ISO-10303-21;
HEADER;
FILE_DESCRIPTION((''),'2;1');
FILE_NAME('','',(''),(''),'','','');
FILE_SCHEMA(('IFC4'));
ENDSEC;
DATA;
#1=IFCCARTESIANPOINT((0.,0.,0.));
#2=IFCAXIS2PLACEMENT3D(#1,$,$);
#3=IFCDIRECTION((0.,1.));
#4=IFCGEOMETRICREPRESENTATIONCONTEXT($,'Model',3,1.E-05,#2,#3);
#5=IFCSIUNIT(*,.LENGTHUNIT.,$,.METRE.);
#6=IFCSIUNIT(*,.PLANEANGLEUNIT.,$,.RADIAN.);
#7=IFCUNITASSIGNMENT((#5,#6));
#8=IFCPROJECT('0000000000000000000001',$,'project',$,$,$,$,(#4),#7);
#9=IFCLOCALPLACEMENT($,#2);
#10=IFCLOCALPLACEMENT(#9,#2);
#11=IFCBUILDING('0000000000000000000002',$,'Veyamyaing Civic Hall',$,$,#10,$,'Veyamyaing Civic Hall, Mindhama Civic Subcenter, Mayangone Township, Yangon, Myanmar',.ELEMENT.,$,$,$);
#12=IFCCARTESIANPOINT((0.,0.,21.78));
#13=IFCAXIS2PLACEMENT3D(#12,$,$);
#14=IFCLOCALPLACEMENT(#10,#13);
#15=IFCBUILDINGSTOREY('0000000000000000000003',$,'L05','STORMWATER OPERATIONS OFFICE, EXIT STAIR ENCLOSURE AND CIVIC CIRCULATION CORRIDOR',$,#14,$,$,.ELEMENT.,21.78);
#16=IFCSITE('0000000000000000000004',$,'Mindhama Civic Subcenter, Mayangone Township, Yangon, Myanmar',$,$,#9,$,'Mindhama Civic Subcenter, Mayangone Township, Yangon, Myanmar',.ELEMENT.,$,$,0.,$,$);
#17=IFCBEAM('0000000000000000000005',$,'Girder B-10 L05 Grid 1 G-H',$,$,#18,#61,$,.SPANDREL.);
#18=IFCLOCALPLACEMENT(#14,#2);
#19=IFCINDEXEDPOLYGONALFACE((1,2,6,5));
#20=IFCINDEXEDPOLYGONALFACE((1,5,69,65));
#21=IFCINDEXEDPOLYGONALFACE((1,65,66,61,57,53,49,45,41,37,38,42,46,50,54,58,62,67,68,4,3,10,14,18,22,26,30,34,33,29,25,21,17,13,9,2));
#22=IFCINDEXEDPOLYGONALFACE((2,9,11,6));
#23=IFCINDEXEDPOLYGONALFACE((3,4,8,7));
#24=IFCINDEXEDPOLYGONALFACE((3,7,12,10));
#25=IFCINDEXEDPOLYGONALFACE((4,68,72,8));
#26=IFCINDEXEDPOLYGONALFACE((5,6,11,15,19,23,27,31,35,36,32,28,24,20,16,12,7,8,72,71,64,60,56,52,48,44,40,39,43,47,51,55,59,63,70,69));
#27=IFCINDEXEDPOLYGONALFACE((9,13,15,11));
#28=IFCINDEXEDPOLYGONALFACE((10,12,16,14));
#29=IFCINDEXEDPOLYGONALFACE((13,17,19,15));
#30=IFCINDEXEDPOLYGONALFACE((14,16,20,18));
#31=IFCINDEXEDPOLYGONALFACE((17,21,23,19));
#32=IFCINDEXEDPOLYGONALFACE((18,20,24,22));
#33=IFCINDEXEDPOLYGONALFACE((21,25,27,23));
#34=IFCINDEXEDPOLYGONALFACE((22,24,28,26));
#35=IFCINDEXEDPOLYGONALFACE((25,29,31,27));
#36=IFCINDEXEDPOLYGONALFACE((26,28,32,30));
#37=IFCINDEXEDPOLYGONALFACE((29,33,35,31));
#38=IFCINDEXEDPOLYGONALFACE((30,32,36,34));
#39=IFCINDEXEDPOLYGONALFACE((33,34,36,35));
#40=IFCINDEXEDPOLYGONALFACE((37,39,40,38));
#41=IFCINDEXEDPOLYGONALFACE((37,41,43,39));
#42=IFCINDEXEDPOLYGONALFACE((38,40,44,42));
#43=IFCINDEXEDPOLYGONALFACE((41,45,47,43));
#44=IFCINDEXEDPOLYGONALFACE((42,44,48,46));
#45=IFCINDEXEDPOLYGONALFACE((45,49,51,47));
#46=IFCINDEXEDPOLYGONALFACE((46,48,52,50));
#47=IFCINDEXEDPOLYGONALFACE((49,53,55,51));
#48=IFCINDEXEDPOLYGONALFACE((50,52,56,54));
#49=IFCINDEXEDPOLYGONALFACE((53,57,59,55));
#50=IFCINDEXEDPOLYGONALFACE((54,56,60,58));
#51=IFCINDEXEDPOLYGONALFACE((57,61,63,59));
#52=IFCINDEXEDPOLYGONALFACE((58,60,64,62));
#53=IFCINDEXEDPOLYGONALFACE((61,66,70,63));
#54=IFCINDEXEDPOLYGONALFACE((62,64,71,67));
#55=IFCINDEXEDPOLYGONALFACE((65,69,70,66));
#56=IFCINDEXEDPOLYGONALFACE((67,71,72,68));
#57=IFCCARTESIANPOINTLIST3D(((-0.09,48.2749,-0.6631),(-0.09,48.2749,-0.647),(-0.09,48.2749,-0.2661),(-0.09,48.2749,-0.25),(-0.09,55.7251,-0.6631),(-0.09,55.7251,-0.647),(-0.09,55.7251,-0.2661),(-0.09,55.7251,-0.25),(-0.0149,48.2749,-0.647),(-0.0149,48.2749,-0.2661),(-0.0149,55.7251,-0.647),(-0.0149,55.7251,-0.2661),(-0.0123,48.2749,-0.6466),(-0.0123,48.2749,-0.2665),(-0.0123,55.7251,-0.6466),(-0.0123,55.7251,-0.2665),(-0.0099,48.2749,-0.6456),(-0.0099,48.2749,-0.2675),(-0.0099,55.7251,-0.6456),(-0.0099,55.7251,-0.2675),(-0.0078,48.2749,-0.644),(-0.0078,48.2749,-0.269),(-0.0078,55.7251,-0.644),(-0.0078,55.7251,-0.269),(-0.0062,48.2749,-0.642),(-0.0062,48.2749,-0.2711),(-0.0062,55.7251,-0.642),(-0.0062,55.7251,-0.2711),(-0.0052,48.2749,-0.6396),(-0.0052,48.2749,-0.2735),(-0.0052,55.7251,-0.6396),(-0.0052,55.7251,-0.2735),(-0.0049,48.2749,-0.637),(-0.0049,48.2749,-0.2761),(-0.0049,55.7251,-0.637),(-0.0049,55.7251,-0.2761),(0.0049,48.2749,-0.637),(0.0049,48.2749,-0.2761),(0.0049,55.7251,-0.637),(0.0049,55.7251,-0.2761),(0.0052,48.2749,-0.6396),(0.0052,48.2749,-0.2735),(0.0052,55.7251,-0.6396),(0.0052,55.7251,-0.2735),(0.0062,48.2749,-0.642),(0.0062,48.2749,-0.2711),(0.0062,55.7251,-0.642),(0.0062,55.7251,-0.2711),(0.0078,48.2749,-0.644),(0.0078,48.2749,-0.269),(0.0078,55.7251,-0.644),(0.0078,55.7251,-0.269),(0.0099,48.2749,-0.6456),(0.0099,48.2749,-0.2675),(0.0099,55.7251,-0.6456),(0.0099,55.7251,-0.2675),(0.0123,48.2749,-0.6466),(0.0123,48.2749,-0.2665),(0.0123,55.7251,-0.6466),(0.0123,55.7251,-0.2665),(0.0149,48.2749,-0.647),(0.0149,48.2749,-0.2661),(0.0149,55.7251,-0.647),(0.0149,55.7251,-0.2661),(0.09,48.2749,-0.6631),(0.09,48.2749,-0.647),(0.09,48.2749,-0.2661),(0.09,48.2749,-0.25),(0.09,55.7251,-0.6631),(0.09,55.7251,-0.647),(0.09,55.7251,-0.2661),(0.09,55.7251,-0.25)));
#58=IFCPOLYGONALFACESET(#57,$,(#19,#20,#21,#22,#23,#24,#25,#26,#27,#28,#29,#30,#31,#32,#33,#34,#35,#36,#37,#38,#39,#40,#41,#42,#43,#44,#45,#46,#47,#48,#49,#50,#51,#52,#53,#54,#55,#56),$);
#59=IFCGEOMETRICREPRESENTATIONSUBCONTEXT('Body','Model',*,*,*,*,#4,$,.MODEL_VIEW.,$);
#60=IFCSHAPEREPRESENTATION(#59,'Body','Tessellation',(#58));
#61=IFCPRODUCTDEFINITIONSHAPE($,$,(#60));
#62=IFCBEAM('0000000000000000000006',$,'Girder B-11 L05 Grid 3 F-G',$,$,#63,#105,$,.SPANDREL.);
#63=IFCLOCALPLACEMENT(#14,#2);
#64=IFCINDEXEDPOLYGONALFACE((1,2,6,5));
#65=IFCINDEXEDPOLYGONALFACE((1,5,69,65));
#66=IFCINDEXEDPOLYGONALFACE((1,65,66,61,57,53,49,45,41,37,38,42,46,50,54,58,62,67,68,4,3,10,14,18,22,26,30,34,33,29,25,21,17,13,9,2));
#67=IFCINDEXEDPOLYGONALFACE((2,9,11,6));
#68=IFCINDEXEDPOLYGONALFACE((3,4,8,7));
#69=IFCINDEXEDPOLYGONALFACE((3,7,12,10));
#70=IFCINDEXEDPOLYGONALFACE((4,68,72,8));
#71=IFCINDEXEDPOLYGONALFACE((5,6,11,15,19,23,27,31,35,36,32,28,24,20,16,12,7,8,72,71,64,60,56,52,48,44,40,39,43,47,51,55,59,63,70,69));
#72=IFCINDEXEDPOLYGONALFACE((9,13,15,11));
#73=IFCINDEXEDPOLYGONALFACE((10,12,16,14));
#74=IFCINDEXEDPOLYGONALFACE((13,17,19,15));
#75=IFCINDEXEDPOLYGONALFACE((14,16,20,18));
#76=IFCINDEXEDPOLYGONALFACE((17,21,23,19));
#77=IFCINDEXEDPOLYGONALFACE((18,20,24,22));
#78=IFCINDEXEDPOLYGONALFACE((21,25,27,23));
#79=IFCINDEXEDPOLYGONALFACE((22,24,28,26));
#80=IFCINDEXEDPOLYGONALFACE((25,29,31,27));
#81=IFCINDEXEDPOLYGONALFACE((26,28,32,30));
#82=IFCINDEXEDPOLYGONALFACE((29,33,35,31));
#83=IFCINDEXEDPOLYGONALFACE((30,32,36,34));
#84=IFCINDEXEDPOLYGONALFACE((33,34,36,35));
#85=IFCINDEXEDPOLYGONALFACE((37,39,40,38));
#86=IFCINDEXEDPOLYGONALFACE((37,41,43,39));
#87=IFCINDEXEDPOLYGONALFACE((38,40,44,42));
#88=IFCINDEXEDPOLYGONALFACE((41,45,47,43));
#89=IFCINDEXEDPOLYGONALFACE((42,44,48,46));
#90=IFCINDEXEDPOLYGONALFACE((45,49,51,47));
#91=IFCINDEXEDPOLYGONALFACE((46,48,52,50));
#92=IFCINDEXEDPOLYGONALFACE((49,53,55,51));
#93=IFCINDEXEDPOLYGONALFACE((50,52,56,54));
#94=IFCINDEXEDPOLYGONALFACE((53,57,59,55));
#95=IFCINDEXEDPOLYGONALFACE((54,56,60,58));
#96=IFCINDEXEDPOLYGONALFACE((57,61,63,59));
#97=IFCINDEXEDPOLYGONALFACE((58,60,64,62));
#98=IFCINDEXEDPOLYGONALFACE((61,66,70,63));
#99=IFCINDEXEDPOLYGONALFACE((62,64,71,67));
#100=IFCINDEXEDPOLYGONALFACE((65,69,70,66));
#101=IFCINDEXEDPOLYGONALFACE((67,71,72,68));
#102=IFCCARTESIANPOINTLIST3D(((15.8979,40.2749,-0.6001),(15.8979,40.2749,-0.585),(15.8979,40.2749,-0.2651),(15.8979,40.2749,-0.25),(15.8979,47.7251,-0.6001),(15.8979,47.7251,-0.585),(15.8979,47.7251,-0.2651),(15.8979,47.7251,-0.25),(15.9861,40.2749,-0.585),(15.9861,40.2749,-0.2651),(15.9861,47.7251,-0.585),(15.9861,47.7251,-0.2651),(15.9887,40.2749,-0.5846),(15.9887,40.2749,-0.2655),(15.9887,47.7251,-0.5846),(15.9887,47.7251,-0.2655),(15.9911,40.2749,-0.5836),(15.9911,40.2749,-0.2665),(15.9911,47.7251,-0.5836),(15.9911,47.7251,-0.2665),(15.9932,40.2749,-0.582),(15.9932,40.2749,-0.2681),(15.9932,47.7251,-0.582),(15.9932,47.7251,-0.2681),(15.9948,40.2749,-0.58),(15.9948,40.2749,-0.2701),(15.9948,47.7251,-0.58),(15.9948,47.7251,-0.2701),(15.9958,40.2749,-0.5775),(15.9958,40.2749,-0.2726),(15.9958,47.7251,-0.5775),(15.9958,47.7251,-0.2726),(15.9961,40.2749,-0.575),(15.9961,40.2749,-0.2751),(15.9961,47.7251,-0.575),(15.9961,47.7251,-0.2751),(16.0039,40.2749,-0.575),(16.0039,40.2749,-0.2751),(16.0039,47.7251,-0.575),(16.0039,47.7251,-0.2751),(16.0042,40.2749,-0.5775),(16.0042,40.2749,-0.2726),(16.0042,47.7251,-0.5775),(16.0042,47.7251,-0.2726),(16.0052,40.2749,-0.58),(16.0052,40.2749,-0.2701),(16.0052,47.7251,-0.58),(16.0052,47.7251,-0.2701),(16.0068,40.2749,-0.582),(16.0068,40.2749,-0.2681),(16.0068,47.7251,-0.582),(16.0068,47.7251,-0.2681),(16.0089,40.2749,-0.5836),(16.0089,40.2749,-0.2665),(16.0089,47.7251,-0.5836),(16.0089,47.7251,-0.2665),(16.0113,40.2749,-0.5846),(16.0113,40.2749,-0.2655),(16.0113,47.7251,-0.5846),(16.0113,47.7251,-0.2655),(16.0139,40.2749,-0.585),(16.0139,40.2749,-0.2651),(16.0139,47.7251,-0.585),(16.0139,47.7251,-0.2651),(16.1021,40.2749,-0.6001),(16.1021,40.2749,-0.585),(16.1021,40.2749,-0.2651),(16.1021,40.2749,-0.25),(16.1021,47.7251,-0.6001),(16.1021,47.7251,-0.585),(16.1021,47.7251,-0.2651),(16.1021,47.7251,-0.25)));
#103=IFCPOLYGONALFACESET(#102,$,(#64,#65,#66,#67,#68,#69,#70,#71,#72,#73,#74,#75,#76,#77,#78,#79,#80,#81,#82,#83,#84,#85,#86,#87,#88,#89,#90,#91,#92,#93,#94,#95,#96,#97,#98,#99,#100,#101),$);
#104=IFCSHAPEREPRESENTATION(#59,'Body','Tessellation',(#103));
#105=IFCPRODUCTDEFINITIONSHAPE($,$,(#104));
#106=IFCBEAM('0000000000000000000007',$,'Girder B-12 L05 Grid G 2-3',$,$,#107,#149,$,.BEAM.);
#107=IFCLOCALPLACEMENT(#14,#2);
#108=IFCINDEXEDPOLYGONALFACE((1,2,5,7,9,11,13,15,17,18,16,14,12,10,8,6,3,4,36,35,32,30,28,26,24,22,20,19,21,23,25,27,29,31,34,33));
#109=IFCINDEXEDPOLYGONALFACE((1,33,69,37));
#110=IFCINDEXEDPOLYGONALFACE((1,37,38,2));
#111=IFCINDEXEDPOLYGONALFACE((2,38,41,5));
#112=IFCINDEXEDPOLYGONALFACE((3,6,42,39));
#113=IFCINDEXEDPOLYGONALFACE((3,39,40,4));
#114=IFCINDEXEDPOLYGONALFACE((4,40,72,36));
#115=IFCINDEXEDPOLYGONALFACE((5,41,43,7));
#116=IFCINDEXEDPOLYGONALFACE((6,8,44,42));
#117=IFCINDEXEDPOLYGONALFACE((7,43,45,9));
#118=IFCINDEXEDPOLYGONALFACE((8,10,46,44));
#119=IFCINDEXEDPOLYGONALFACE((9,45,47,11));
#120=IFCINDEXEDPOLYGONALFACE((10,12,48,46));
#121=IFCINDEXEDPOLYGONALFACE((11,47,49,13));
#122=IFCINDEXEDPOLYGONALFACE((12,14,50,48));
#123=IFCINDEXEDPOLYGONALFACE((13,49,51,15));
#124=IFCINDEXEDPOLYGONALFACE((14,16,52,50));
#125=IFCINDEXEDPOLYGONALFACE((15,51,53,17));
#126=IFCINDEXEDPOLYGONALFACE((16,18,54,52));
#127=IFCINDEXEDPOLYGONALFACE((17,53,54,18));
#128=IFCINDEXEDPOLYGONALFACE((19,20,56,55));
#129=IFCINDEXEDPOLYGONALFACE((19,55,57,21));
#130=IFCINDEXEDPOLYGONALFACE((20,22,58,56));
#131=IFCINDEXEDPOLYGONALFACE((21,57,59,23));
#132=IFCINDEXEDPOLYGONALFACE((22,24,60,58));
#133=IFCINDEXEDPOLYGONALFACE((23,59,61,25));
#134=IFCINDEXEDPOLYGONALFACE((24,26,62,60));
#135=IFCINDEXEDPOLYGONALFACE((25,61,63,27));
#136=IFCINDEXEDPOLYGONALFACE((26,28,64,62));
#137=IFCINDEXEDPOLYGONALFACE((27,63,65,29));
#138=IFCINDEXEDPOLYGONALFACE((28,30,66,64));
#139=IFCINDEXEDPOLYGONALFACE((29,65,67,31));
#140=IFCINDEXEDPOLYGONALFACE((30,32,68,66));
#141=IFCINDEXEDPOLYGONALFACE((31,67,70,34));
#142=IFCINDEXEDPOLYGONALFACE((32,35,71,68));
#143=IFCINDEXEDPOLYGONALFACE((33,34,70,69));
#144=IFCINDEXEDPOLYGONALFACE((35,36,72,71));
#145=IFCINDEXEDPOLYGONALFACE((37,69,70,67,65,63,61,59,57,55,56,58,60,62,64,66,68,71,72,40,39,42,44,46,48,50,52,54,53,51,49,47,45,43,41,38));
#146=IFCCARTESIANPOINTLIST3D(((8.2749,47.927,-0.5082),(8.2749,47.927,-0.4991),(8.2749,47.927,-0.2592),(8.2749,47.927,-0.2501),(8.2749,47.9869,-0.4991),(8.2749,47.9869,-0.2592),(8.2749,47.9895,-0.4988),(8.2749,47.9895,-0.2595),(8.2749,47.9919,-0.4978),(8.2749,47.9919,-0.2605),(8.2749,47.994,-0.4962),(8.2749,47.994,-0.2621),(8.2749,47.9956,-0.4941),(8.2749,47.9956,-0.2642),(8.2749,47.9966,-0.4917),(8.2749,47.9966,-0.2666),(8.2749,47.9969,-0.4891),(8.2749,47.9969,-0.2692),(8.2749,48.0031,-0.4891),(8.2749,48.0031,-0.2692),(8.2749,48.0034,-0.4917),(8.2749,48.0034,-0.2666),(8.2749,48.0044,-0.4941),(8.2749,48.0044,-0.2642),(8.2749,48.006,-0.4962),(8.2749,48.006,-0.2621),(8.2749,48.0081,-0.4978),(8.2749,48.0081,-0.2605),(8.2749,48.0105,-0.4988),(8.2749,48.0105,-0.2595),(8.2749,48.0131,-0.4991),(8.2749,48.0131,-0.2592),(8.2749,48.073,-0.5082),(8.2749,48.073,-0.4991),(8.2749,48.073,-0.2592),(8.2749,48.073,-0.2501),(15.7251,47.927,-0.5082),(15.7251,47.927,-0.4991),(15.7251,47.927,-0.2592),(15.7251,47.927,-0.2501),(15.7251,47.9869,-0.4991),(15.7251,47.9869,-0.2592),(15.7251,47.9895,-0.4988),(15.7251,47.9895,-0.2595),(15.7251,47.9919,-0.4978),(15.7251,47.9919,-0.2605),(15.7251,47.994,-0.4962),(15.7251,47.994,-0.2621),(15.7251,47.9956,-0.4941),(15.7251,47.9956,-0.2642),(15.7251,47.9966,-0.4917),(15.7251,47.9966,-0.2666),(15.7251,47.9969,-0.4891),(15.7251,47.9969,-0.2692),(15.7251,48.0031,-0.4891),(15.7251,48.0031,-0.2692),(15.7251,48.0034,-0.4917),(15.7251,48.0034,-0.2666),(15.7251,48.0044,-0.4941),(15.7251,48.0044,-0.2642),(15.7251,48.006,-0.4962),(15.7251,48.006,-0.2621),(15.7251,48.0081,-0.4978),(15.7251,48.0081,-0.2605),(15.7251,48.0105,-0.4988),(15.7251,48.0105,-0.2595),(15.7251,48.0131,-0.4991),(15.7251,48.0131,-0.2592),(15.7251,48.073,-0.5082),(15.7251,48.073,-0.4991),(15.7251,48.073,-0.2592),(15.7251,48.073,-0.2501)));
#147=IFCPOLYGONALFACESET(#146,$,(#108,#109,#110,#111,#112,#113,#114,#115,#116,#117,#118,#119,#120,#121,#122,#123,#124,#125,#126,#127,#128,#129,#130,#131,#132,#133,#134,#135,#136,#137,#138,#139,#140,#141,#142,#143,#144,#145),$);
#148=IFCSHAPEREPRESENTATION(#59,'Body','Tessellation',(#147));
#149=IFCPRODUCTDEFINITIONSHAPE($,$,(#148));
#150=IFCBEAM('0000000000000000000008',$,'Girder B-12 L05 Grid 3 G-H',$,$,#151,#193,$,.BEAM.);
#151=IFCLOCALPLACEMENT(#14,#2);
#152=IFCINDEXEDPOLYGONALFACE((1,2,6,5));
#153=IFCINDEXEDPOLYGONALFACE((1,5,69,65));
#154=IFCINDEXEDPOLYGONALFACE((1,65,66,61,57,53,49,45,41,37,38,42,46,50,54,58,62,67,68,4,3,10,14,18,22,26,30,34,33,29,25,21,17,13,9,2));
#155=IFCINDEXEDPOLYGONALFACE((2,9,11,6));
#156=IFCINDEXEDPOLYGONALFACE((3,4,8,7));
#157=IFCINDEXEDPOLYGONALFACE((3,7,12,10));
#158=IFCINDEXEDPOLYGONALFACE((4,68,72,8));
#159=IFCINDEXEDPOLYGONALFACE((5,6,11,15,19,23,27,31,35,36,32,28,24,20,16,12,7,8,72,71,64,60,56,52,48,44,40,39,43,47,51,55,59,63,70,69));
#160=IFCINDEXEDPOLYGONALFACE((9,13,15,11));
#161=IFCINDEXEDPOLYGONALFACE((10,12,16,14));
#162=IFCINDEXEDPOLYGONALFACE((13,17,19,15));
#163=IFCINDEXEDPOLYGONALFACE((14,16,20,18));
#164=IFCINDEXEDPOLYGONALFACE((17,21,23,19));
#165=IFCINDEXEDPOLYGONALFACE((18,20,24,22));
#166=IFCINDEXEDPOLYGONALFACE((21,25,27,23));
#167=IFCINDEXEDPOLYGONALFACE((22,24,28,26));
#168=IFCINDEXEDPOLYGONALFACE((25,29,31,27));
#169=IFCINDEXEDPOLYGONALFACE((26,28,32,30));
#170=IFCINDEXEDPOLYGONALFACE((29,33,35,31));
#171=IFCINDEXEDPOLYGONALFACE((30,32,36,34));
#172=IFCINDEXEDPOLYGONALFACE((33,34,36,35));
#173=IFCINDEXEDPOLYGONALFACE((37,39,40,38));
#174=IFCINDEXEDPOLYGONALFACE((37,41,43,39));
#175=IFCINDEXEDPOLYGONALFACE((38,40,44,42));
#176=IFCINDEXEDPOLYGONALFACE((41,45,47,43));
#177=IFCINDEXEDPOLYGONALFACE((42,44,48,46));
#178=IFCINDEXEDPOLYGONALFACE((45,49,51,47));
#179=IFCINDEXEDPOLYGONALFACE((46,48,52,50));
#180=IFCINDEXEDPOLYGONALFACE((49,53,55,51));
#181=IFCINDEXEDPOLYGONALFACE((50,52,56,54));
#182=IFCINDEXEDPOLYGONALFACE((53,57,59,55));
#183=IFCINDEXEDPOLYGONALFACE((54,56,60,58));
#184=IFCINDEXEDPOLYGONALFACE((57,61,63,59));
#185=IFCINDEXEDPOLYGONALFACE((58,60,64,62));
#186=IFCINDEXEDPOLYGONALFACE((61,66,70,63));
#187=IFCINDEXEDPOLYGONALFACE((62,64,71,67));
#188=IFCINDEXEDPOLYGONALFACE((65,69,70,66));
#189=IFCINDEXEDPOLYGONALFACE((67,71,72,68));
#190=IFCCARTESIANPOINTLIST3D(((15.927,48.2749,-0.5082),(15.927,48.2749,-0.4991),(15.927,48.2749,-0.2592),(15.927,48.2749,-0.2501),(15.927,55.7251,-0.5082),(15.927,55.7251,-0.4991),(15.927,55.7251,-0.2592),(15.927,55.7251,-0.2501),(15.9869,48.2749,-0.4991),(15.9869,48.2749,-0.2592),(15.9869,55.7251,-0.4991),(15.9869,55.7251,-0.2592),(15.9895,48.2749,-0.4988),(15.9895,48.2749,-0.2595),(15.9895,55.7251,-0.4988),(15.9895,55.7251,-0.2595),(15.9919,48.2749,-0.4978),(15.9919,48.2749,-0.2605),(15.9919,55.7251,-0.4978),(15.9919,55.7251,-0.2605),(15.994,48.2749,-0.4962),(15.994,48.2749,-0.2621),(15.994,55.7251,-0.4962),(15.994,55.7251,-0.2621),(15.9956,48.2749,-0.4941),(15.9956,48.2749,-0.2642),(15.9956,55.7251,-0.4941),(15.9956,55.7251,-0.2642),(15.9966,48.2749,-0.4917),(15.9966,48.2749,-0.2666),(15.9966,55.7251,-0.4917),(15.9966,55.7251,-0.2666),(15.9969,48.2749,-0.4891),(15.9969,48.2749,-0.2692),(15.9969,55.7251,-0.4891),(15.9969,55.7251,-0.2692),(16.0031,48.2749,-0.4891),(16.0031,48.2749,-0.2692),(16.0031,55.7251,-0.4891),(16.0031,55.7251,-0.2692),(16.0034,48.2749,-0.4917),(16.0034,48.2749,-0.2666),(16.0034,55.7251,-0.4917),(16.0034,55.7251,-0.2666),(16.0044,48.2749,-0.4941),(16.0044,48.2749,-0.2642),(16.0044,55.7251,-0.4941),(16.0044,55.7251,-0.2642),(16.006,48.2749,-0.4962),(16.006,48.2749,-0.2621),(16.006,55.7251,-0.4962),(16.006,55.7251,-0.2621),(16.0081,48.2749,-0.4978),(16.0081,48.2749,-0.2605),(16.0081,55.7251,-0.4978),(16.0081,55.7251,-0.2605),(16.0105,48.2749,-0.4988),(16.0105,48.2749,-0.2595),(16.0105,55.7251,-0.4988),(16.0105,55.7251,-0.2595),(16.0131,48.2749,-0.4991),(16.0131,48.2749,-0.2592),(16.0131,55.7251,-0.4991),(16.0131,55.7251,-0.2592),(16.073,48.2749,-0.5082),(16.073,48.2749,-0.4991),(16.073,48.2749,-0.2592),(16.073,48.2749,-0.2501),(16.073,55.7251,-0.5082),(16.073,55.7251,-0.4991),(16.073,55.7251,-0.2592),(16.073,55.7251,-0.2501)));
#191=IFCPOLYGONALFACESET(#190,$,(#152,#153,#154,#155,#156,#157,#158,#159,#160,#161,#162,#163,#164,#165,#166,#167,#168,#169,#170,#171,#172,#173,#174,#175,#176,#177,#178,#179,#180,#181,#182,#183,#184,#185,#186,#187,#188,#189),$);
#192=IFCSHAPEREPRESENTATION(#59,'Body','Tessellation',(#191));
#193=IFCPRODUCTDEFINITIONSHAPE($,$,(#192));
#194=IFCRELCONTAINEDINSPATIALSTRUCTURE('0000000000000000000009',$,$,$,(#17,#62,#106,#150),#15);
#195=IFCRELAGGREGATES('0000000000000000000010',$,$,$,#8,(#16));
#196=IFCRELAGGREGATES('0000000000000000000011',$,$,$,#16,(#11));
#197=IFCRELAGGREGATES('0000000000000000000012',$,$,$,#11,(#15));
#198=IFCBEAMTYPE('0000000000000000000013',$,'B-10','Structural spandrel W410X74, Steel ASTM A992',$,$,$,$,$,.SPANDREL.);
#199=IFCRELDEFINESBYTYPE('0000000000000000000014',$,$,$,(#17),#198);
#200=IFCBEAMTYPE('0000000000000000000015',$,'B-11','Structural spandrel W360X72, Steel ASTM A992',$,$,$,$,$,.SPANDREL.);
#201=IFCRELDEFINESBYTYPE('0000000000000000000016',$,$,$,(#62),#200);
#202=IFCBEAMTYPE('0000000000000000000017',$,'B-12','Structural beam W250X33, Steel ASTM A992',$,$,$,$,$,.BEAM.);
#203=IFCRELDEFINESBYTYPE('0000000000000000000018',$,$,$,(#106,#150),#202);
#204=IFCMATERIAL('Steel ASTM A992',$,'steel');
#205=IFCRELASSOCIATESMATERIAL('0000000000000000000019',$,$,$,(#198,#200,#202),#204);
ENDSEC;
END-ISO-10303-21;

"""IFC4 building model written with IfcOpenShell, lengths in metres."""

from ifc_helpers import new_model, si_unit, direction, frame, origin, origin_2d, place, context, subcontext, project, spatial, i_section, extrude, material, material_profile, profile_set, type_object, element, save


model = new_model("IFC4")

# Units and contexts
model_context = context("Model", 3, precision=1e-05, world=origin(), true_north=direction((0.0, 1.0)))
body_context = subcontext(model_context, "Body", "Model", "MODEL_VIEW")
ifc_project = project(units=[si_unit("LENGTHUNIT", "METRE"), si_unit("PLANEANGLEUNIT", "RADIAN")], contexts=[model_context])

# Site, building, storey
site_placement = place(None, origin())
site = spatial("IfcSite", under=ifc_project, at=site_placement, Name="Mindhama Civic Subcenter, Mayangone Township, Yangon, Myanmar", LongName="Mindhama Civic Subcenter, Mayangone Township, Yangon, Myanmar", CompositionType="ELEMENT", RefElevation=0.0)
building_placement = place(site_placement, origin())
building = spatial("IfcBuilding", under=site, at=building_placement, Name="Veyamyaing Civic Hall", LongName="Veyamyaing Civic Hall, Mindhama Civic Subcenter, Mayangone Township, Yangon, Myanmar", CompositionType="ELEMENT")
storey_placement = place(building_placement, frame((0.0, 0.0, 21.78)))
storey = spatial("IfcBuildingStorey", under=building, at=storey_placement, Name="L05", Description="STORMWATER OPERATIONS OFFICE, EXIT STAIR ENCLOSURE AND CIVIC CIRCULATION CORRIDOR", CompositionType="ELEMENT", Elevation=21.78)

# Beams
ifc_material_1 = material(Name="Steel ASTM A992", Category="steel")
ifc_material_profile_1 = material_profile(ifc_material_1, i_section(OverallWidth=0.1799, OverallDepth=0.4131, WebThickness=0.0098, FlangeThickness=0.0161, FilletRadius=0.01, at=origin_2d()), Name="W410X74")
ifc_profile_set_1 = profile_set([ifc_material_profile_1], Name="Steel ASTM A992")
beam_type_1 = type_object("IfcBeamType", Name="B-10", Description="Structural spandrel W410X74, Steel ASTM A992", PredefinedType="SPANDREL", material=ifc_profile_set_1)
for number, where, z_axis, x_axis, name in (
    (1, (0.0, 48.2749, -0.4565), (0.0, 1.0, 0.0), (-1.0, 0.0, 0.0), "Girder B-10 L05 Grid 1 G-H"),
):
    element("IfcBeam", number, at=place(storey_placement, frame(where, z_axis=z_axis, x_axis=x_axis)), inside=storey, type_object=beam_type_1, Name=name, PredefinedType="SPANDREL", context=body_context, shape_type="SweptSolid", body=[
        extrude(i_section(OverallWidth=0.1799, OverallDepth=0.4131, WebThickness=0.0098, FlangeThickness=0.0161, FilletRadius=0.01, at=origin_2d()), origin(), (0.0, 0.0, 1.0), 7.4502),
    ])
ifc_material_profile_2 = material_profile(ifc_material_1, i_section(OverallWidth=0.2041, OverallDepth=0.3501, WebThickness=0.0078, FlangeThickness=0.0151, FilletRadius=0.01, at=origin_2d()), Name="W360X72")
ifc_profile_set_2 = profile_set([ifc_material_profile_2], Name="Steel ASTM A992")
beam_type_2 = type_object("IfcBeamType", Name="B-11", Description="Structural spandrel W360X72, Steel ASTM A992", PredefinedType="SPANDREL", material=ifc_profile_set_2)
beam_1_placement = place(storey_placement, frame((16.0, 40.2749, -0.425), z_axis=(0.0, 1.0, 0.0), x_axis=(-1.0, 0.0, 0.0)))
element("IfcBeam", 2, at=beam_1_placement, inside=storey, type_object=beam_type_2, Name="Girder B-11 L05 Grid 3 F-G", PredefinedType="SPANDREL", context=body_context, shape_type="SweptSolid", body=[
    extrude(i_section(OverallWidth=0.2041, OverallDepth=0.3501, WebThickness=0.0078, FlangeThickness=0.0151, FilletRadius=0.01, at=origin_2d()), origin(), (0.0, 0.0, 1.0), 7.4502),
])
ifc_material_profile_3 = material_profile(ifc_material_1, i_section(OverallWidth=0.146, OverallDepth=0.2581, WebThickness=0.0061, FlangeThickness=0.009, FilletRadius=0.01, at=origin_2d()), Name="W250X33")
ifc_profile_set_3 = profile_set([ifc_material_profile_3], Name="Steel ASTM A992")
beam_type_3 = type_object("IfcBeamType", Name="B-12", Description="Structural beam W250X33, Steel ASTM A992", PredefinedType="BEAM", material=ifc_profile_set_3)
for number, where, z_axis, x_axis, name in (
    (3, (8.2749, 48.0, -0.3792), (1.0, 0.0, 0.0), (0.0, 1.0, 0.0), "Girder B-12 L05 Grid G 2-3"),
    (4, (16.0, 48.2749, -0.3792), (0.0, 1.0, 0.0), (-1.0, 0.0, 0.0), "Girder B-12 L05 Grid 3 G-H"),
):
    element("IfcBeam", number, at=place(storey_placement, frame(where, z_axis=z_axis, x_axis=x_axis)), inside=storey, type_object=beam_type_3, Name=name, PredefinedType="BEAM", context=body_context, shape_type="SweptSolid", body=[
        extrude(i_section(OverallWidth=0.146, OverallDepth=0.2581, WebThickness=0.0061, FlangeThickness=0.009, FilletRadius=0.01, at=origin_2d()), origin(), (0.0, 0.0, 1.0), 7.4502),
    ])

save(model, "model.ifc")
